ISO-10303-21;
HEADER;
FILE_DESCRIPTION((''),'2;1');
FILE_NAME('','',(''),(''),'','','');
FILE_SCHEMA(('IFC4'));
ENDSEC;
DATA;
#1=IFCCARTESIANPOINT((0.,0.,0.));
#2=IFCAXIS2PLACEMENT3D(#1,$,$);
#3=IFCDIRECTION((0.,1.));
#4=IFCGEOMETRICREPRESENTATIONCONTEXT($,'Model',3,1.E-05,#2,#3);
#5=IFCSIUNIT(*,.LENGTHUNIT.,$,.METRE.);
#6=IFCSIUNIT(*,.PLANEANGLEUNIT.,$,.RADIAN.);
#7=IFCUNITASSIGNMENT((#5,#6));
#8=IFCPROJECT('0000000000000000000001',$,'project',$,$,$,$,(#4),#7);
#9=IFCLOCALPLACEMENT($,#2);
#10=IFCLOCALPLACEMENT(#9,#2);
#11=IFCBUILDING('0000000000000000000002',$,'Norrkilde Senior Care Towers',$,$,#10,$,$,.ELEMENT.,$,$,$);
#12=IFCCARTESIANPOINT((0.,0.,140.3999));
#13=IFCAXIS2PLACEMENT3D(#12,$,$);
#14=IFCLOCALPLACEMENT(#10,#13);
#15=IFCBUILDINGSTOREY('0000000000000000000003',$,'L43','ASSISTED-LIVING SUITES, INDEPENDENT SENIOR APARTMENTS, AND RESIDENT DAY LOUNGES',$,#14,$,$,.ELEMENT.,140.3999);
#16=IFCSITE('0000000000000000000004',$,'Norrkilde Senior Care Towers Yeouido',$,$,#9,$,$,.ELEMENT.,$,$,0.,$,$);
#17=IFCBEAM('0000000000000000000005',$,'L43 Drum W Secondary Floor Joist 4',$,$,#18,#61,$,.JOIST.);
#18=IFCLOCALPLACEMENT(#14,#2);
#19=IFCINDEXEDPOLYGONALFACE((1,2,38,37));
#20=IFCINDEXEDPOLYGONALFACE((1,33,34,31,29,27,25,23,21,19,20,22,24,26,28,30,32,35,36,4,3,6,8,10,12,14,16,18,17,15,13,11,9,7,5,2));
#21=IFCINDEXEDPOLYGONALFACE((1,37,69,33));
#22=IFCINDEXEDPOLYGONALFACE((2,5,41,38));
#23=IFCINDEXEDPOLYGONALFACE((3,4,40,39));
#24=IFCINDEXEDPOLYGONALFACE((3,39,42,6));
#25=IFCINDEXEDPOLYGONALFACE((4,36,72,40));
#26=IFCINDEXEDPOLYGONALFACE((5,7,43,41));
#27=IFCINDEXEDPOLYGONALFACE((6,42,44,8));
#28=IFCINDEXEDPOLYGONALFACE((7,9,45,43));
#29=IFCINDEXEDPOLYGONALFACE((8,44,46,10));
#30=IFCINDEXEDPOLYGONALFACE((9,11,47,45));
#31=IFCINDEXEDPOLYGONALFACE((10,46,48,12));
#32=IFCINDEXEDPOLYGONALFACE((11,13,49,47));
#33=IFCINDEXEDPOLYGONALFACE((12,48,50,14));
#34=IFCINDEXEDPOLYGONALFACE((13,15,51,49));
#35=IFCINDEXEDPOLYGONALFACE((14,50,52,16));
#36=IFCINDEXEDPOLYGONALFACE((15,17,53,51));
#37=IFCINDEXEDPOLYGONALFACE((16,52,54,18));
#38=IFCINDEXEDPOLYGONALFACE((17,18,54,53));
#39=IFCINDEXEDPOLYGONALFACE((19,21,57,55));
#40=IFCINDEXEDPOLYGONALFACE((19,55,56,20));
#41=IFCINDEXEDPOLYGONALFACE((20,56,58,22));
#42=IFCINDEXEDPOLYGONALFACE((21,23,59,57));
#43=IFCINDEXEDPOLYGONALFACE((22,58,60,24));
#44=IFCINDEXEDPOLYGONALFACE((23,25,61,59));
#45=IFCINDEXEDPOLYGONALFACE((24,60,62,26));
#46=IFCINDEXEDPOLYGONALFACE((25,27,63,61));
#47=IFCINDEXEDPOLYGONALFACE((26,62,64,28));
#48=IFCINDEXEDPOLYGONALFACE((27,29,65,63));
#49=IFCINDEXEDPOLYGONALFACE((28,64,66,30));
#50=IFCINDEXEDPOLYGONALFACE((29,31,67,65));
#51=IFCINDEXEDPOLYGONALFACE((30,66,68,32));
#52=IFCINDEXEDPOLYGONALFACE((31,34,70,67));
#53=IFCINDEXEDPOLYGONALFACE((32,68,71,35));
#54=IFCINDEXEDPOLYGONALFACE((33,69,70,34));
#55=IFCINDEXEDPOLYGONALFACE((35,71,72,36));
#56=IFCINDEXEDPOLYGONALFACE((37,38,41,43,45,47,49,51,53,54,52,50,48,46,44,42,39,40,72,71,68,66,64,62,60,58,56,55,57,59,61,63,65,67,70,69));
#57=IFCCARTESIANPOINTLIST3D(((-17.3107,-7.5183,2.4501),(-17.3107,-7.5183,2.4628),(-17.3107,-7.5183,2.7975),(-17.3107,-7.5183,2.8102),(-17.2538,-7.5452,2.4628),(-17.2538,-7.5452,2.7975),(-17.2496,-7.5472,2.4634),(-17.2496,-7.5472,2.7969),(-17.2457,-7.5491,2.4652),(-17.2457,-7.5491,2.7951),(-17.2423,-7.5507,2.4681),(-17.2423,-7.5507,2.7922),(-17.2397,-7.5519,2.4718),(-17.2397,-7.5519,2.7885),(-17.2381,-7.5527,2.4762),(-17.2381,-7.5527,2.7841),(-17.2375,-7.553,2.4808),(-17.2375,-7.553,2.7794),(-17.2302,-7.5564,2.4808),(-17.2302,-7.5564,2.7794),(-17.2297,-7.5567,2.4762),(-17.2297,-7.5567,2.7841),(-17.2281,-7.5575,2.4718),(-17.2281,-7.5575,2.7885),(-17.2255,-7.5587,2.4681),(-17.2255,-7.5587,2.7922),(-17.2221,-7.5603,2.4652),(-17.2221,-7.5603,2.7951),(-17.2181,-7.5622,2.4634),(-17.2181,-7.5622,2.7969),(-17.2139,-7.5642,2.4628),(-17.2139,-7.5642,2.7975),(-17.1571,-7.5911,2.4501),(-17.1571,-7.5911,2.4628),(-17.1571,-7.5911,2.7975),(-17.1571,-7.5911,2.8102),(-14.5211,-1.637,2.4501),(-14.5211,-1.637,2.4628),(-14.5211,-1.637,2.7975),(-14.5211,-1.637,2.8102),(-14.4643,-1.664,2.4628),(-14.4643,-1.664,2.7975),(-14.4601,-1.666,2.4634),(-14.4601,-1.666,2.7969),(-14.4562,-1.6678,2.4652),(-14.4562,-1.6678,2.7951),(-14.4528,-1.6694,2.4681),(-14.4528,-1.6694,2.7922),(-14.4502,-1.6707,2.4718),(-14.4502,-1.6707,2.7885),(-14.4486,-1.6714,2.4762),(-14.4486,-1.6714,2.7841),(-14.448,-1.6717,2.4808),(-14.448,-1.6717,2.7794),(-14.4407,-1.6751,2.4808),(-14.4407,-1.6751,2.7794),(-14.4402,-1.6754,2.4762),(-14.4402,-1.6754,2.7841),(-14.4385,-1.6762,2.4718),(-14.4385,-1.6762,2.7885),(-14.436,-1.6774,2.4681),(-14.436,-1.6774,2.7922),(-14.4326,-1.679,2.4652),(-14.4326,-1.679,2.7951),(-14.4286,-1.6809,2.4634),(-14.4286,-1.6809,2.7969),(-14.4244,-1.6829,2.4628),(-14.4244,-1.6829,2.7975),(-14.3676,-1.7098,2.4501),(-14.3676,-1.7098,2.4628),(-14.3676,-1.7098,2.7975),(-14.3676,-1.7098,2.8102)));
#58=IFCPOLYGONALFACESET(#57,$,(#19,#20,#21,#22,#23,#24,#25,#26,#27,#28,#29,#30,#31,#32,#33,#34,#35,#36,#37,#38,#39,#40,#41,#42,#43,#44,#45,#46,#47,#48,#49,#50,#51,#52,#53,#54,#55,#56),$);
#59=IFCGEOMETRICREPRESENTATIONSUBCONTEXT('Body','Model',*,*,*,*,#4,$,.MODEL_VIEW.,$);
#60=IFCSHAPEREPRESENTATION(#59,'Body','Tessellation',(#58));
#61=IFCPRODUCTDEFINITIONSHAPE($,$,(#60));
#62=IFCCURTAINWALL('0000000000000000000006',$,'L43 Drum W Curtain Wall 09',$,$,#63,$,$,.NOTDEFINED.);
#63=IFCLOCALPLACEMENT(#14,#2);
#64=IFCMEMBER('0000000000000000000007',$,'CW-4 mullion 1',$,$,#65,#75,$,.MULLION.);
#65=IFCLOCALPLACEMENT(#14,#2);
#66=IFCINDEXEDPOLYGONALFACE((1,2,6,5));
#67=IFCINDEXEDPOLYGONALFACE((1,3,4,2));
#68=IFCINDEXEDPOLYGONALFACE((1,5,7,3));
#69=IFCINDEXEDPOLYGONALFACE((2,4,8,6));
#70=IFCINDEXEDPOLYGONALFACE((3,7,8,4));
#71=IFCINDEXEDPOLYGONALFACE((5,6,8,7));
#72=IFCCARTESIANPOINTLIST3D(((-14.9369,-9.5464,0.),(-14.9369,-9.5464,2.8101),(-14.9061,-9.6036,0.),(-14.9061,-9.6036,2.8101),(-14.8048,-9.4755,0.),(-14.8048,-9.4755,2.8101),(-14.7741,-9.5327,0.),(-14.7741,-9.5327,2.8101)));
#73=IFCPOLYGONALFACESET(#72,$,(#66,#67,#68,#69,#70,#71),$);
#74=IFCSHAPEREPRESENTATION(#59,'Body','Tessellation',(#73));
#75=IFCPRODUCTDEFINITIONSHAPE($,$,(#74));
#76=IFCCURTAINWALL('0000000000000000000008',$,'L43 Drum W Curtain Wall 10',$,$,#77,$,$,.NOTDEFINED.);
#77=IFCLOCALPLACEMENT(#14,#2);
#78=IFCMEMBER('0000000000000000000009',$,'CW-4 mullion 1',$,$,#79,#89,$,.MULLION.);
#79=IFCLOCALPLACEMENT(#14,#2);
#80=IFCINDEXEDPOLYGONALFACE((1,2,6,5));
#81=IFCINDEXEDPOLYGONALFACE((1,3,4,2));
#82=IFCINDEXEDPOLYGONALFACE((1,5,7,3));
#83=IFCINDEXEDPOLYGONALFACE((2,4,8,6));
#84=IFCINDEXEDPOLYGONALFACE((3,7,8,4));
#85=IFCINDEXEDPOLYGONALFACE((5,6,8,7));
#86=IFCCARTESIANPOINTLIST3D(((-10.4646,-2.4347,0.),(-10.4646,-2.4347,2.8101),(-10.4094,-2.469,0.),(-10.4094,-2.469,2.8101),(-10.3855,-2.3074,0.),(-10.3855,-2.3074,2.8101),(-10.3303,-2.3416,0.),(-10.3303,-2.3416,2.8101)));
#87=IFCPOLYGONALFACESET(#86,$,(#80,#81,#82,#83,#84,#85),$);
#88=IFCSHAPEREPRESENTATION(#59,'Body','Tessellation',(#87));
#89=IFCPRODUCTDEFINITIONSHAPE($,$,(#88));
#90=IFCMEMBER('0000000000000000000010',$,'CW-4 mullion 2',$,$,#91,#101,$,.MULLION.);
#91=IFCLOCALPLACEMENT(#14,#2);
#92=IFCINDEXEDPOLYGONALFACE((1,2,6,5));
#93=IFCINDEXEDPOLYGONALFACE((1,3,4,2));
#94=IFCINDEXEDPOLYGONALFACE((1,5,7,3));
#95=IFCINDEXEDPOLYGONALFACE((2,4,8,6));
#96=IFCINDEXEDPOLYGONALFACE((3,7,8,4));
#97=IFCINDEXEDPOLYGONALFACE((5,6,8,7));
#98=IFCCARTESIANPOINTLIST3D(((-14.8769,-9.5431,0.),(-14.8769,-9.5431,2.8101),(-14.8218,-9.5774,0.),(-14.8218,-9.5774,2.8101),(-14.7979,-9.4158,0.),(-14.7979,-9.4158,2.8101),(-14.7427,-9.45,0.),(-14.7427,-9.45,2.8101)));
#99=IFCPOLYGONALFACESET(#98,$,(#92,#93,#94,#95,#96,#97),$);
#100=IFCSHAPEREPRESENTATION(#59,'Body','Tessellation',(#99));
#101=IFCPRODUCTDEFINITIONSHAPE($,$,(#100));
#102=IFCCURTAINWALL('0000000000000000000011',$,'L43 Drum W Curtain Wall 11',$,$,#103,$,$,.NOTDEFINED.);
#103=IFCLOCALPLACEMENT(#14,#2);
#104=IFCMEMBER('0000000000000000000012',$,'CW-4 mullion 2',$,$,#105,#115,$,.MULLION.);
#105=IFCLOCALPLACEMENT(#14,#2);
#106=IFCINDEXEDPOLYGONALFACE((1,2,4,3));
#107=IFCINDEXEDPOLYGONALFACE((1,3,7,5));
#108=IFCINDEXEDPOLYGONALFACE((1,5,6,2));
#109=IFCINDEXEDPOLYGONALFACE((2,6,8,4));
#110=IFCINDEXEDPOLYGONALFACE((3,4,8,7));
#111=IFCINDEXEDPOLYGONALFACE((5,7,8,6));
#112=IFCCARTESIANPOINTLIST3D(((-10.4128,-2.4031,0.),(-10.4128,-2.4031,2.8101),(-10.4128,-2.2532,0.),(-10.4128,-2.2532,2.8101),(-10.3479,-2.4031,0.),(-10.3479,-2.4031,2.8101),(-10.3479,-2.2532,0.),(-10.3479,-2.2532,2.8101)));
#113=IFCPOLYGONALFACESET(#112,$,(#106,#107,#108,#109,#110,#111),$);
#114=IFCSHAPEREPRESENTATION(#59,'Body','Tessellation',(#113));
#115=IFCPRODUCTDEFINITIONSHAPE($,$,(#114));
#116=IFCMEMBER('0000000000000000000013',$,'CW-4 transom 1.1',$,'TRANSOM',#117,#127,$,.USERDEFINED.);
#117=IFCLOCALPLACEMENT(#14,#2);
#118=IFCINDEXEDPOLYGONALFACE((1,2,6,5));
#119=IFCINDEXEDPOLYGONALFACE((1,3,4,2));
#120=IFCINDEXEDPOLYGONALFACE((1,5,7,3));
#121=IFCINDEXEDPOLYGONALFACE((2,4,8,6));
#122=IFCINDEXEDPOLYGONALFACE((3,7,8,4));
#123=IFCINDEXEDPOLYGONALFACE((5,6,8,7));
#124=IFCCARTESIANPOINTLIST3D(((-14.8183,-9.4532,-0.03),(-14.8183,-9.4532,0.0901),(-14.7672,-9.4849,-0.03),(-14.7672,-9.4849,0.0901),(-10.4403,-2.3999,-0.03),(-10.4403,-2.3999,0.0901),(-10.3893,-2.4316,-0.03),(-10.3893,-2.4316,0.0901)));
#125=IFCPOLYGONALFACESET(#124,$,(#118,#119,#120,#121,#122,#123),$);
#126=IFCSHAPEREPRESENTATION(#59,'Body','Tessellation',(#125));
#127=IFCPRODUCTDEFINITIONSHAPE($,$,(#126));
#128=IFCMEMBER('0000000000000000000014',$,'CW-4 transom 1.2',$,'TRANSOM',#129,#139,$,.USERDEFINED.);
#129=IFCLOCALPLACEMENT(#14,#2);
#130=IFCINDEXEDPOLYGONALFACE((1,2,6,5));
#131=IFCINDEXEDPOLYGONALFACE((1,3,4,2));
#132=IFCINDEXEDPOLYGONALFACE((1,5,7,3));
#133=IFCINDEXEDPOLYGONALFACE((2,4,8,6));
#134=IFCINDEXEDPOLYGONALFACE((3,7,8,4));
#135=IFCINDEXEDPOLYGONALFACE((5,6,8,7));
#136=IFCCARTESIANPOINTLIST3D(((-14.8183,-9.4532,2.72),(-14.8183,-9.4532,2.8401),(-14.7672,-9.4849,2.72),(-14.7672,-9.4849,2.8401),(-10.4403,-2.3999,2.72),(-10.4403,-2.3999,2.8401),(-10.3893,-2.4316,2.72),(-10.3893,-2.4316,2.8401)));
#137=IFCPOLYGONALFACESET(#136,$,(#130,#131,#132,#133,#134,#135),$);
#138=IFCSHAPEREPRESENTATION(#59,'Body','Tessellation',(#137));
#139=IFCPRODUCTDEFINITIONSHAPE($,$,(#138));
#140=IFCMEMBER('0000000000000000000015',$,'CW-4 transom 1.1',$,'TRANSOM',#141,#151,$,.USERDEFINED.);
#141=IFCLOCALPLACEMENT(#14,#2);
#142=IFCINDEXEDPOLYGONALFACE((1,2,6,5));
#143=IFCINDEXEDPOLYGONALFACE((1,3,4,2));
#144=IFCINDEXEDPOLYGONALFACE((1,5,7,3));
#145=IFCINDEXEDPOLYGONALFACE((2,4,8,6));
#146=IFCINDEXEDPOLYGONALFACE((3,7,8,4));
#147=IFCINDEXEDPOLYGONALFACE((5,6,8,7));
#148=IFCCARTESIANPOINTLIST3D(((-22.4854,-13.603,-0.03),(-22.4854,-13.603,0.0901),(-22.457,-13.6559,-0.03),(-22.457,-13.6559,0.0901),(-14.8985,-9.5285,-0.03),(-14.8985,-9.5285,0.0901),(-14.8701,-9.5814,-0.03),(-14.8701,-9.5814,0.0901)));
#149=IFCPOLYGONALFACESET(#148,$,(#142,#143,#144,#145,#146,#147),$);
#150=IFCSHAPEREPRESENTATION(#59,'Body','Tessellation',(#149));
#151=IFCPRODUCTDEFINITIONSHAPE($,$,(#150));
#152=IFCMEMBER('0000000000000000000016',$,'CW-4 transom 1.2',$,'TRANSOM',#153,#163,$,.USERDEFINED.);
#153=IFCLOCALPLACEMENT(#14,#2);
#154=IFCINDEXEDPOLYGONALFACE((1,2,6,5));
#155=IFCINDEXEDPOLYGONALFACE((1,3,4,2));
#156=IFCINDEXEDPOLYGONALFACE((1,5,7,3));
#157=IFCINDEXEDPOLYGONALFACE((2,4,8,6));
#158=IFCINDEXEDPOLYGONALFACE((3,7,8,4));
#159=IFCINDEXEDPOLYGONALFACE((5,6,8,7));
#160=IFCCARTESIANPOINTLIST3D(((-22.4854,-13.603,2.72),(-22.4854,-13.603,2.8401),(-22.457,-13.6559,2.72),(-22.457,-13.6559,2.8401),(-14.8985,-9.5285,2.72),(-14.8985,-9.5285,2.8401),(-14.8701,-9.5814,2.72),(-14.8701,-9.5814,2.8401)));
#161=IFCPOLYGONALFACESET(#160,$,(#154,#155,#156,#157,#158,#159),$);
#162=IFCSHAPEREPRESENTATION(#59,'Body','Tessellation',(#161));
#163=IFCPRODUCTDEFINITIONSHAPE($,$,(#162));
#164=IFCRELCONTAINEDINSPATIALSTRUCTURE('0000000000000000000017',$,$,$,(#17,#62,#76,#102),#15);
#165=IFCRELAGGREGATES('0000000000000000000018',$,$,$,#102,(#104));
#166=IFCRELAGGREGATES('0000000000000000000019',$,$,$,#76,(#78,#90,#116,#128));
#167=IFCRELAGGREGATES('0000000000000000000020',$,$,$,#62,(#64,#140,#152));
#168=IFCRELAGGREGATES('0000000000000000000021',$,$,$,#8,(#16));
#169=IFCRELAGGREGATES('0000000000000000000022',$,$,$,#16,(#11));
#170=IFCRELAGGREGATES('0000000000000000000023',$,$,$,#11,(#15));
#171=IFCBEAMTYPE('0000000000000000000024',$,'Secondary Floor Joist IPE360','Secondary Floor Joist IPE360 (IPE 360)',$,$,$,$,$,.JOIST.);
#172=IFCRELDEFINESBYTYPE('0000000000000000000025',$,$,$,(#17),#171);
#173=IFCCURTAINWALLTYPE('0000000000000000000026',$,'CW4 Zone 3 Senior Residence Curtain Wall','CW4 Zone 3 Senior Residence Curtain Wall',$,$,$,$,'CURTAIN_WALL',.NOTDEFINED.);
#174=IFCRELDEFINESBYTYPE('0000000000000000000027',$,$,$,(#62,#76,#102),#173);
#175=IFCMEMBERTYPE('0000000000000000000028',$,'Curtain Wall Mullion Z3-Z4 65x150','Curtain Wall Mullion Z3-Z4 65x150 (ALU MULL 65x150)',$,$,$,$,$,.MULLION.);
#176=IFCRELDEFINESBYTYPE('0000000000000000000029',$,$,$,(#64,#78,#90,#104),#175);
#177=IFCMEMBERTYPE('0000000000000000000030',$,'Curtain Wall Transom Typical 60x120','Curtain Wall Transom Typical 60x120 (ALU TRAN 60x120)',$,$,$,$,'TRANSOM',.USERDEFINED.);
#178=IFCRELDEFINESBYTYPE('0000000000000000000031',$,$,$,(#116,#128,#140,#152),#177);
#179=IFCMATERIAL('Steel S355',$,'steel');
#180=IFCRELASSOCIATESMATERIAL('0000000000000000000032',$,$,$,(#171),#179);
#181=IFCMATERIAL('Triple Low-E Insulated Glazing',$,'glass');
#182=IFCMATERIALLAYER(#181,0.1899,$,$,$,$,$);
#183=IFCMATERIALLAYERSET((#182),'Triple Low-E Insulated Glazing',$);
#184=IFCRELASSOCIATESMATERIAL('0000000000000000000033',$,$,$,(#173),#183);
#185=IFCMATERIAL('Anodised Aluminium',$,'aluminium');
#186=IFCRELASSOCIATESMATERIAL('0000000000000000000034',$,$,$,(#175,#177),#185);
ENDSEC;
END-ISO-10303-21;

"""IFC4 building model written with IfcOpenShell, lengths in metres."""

from ifc_helpers import new_model, si_unit, direction, frame, origin, origin_2d, place, context, subcontext, project, spatial, rectangle, i_section, extrude, source, transform, mapped, material, layer, layer_set, material_profile, profile_set, type_object, type_shapes, element, aggregate, save


model = new_model("IFC4")

# Units and contexts
model_context = context("Model", 3, precision=1e-05, world=origin(), true_north=direction((0.0, 1.0)))
body_context = subcontext(model_context, "Body", "Model", "MODEL_VIEW")
ifc_project = project(units=[si_unit("LENGTHUNIT", "METRE"), si_unit("PLANEANGLEUNIT", "RADIAN")], contexts=[model_context])

# Site, building, storey
site_placement = place(None, origin())
site = spatial("IfcSite", under=ifc_project, at=site_placement, Name="Norrkilde Senior Care Towers Yeouido", CompositionType="ELEMENT", RefElevation=0.0)
building_placement = place(site_placement, origin())
building = spatial("IfcBuilding", under=site, at=building_placement, Name="Norrkilde Senior Care Towers", CompositionType="ELEMENT")
storey_placement = place(building_placement, frame((0.0, 0.0, 140.3999)))
storey = spatial("IfcBuildingStorey", under=building, at=storey_placement, Name="L43", Description="ASSISTED-LIVING SUITES, INDEPENDENT SENIOR APARTMENTS, AND RESIDENT DAY LOUNGES", CompositionType="ELEMENT", Elevation=140.3999)

# Beam
ifc_material_1 = material(Name="Steel S355", Category="steel")
ifc_material_profile_1 = material_profile(ifc_material_1, i_section(OverallWidth=0.1699, OverallDepth=0.3601, WebThickness=0.0081, FlangeThickness=0.0127, FilletRadius=0.0181, at=origin_2d()), Name="IPE 360")
ifc_profile_set_1 = profile_set([ifc_material_profile_1], Name="Steel S355")
beam_type_1 = type_object("IfcBeamType", Name="Secondary Floor Joist IPE360", Description="Secondary Floor Joist IPE360 (IPE 360)", PredefinedType="JOIST", material=ifc_profile_set_1)
shared_shape_1 = source(origin(), body_context, "Body", "SweptSolid", [
    extrude(i_section(OverallWidth=0.1699, OverallDepth=0.3601, WebThickness=0.0081, FlangeThickness=0.0127, FilletRadius=0.0181, at=origin_2d()), origin(), (0.0, 0.0, 1.0), 6.5093),
])
type_shapes(beam_type_1, [shared_shape_1])
beam_1_placement = place(storey_placement, frame((-17.2339, -7.5547, 2.6301), z_axis=(0.428544, 0.903521, 0.0), x_axis=(-0.903521, 0.428544, 0.0)))
element("IfcBeam", 1, at=beam_1_placement, inside=storey, type_object=beam_type_1, Name="L43 Drum W Secondary Floor Joist 4", PredefinedType="JOIST", context=body_context, shape_type="MappedRepresentation", body=[
    mapped(shared_shape_1, transform((0.0, 0.0, 0.0), x_axis=(1.0, 0.0, 0.0), y_axis=(0.0, 1.0, 0.0), z_axis=(0.0, 0.0, 1.0), scale=1.0)),
])

# Curtain wall, member
ifc_material_2 = material(Name="Triple Low-E Insulated Glazing", Category="glass")
ifc_layer_1 = layer(ifc_material_2, 0.1899)
ifc_layer_set_1 = layer_set([ifc_layer_1], Name="Triple Low-E Insulated Glazing")
curtain_wall_type = type_object("IfcCurtainWallType", Name="CW4 Zone 3 Senior Residence Curtain Wall", Description="CW4 Zone 3 Senior Residence Curtain Wall", ElementType="CURTAIN_WALL", PredefinedType="NOTDEFINED", material=ifc_layer_set_1)
curtain_wall_1_placement = place(storey_placement, origin())
curtain_wall_1 = element("IfcCurtainWall", 2, at=curtain_wall_1_placement, inside=storey, type_object=curtain_wall_type, Name="L43 Drum W Curtain Wall 09", PredefinedType="NOTDEFINED")
ifc_material_3 = material(Name="Anodised Aluminium", Category="aluminium")
ifc_material_profile_2 = material_profile(ifc_material_3, rectangle(XDim=0.0649, YDim=0.1499, at=origin_2d()), Name="ALU MULL 65x150")
ifc_profile_set_2 = profile_set([ifc_material_profile_2], Name="Anodised Aluminium")
member_type_1 = type_object("IfcMemberType", Name="Curtain Wall Mullion Z3-Z4 65x150", Description="Curtain Wall Mullion Z3-Z4 65x150 (ALU MULL 65x150)", PredefinedType="MULLION", material=ifc_profile_set_2)
shared_shape_2 = source(origin(), body_context, "Body", "SweptSolid", [
    extrude(rectangle(XDim=0.0649, YDim=0.1499, at=origin_2d()), origin(), (0.0, 0.0, 1.0), 2.8101),
])
type_shapes(member_type_1, [shared_shape_2])
member_1_placement = place(storey_placement, frame((-14.8555, -9.5396, 0.0), z_axis=(0.0, 0.0, 1.0), x_axis=(0.473117, -0.881, 0.0)))
member_1 = element("IfcMember", 3, at=member_1_placement, type_object=member_type_1, Name="CW-4 mullion 1", PredefinedType="MULLION", context=body_context, shape_type="MappedRepresentation", body=[
    mapped(shared_shape_2, transform((0.0, 0.0, 0.0), x_axis=(1.0, 0.0, 0.0), y_axis=(0.0, 1.0, 0.0), z_axis=(0.0, 0.0, 1.0), scale=1.0)),
])

# Curtain wall, members
curtain_wall_2_placement = place(storey_placement, origin())
curtain_wall_2 = element("IfcCurtainWall", 4, at=curtain_wall_2_placement, inside=storey, type_object=curtain_wall_type, Name="L43 Drum W Curtain Wall 10", PredefinedType="NOTDEFINED")
member_2_placement = place(storey_placement, frame((-10.3975, -2.3882, 0.0), z_axis=(0.0, 0.0, 1.0), x_axis=(0.849634, -0.527373, 0.0)))
member_2 = element("IfcMember", 5, at=member_2_placement, type_object=member_type_1, Name="CW-4 mullion 1", PredefinedType="MULLION", context=body_context, shape_type="MappedRepresentation", body=[
    mapped(shared_shape_2, transform((0.0, 0.0, 0.0), x_axis=(1.0, 0.0, 0.0), y_axis=(0.0, 1.0, 0.0), z_axis=(0.0, 0.0, 1.0), scale=1.0)),
])
member_3_placement = place(storey_placement, frame((-14.8098, -9.4966, 0.0), z_axis=(0.0, 0.0, 1.0), x_axis=(0.849634, -0.527373, 0.0)))
member_3 = element("IfcMember", 6, at=member_3_placement, type_object=member_type_1, Name="CW-4 mullion 2", PredefinedType="MULLION", context=body_context, shape_type="MappedRepresentation", body=[
    mapped(shared_shape_2, transform((0.0, 0.0, 0.0), x_axis=(1.0, 0.0, 0.0), y_axis=(0.0, 1.0, 0.0), z_axis=(0.0, 0.0, 1.0), scale=1.0)),
])

# Curtain wall, member
curtain_wall_3_placement = place(storey_placement, origin())
curtain_wall_3 = element("IfcCurtainWall", 7, at=curtain_wall_3_placement, inside=storey, type_object=curtain_wall_type, Name="L43 Drum W Curtain Wall 11", PredefinedType="NOTDEFINED")
member_4_placement = place(storey_placement, frame((-10.3804, -2.3281, 0.0), z_axis=(0.0, 0.0, 1.0), x_axis=(1.0, 0.0, 0.0)))
member_4 = element("IfcMember", 8, at=member_4_placement, type_object=member_type_1, Name="CW-4 mullion 2", PredefinedType="MULLION", context=body_context, shape_type="MappedRepresentation", body=[
    mapped(shared_shape_2, transform((0.0, 0.0, 0.0), x_axis=(1.0, 0.0, 0.0), y_axis=(0.0, 1.0, 0.0), z_axis=(0.0, 0.0, 1.0), scale=1.0)),
])
aggregate(curtain_wall_3, [member_4])

# Members
ifc_material_profile_3 = material_profile(ifc_material_3, rectangle(XDim=0.0601, YDim=0.1201, at=origin_2d()), Name="ALU TRAN 60x120")
ifc_profile_set_3 = profile_set([ifc_material_profile_3], Name="Anodised Aluminium")
member_type_2 = type_object("IfcMemberType", Name="Curtain Wall Transom Typical 60x120", Description="Curtain Wall Transom Typical 60x120 (ALU TRAN 60x120)", ElementType="TRANSOM", PredefinedType="USERDEFINED", material=ifc_profile_set_3)
shared_shape_3 = source(origin(), body_context, "Body", "SweptSolid", [
    extrude(rectangle(XDim=0.0601, YDim=0.1201, at=origin_2d()), origin(), (0.0, 0.0, 1.0), 8.3015),
])
member_5_placement = place(storey_placement, frame((-10.4148, -2.4158, 0.03), z_axis=(-0.527369, -0.849637, 0.0), x_axis=(0.849637, -0.527369, 0.0)))
member_5 = element("IfcMember", 9, at=member_5_placement, type_object=member_type_2, Name="CW-4 transom 1.1", ObjectType="TRANSOM", PredefinedType="USERDEFINED", context=body_context, shape_type="MappedRepresentation", body=[
    mapped(shared_shape_3, transform((0.0, 0.0, 0.0), x_axis=(1.0, 0.0, 0.0), y_axis=(0.0, 1.0, 0.0), z_axis=(0.0, 0.0, 1.0), scale=1.0)),
])
member_6_placement = place(storey_placement, frame((-10.4148, -2.4158, 2.78), z_axis=(-0.527369, -0.849637, 0.0), x_axis=(0.849637, -0.527369, 0.0)))
member_6 = element("IfcMember", 10, at=member_6_placement, type_object=member_type_2, Name="CW-4 transom 1.2", ObjectType="TRANSOM", PredefinedType="USERDEFINED", context=body_context, shape_type="MappedRepresentation", body=[
    mapped(shared_shape_3, transform((0.0, 0.0, 0.0), x_axis=(1.0, 0.0, 0.0), y_axis=(0.0, 1.0, 0.0), z_axis=(0.0, 0.0, 1.0), scale=1.0)),
])
shared_shape_4 = source(origin(), body_context, "Body", "SweptSolid", [
    extrude(rectangle(XDim=0.0601, YDim=0.1201, at=origin_2d()), origin(), (0.0, 0.0, 1.0), 8.6118),
])
type_shapes(member_type_2, [shared_shape_3, shared_shape_4])
member_7_placement = place(storey_placement, frame((-14.8843, -9.5549, 0.03), z_axis=(-0.880994, -0.473127, 0.0), x_axis=(0.473127, -0.880994, 0.0)))
member_7 = element("IfcMember", 11, at=member_7_placement, type_object=member_type_2, Name="CW-4 transom 1.1", ObjectType="TRANSOM", PredefinedType="USERDEFINED", context=body_context, shape_type="MappedRepresentation", body=[
    mapped(shared_shape_4, transform((0.0, 0.0, 0.0), x_axis=(1.0, 0.0, 0.0), y_axis=(0.0, 1.0, 0.0), z_axis=(0.0, 0.0, 1.0), scale=1.0)),
])
member_8_placement = place(storey_placement, frame((-14.8843, -9.5549, 2.78), z_axis=(-0.880994, -0.473127, 0.0), x_axis=(0.473127, -0.880994, 0.0)))
member_8 = element("IfcMember", 12, at=member_8_placement, type_object=member_type_2, Name="CW-4 transom 1.2", ObjectType="TRANSOM", PredefinedType="USERDEFINED", context=body_context, shape_type="MappedRepresentation", body=[
    mapped(shared_shape_4, transform((0.0, 0.0, 0.0), x_axis=(1.0, 0.0, 0.0), y_axis=(0.0, 1.0, 0.0), z_axis=(0.0, 0.0, 1.0), scale=1.0)),
])

aggregate(curtain_wall_2, [member_2, member_3, member_5, member_6])
aggregate(curtain_wall_1, [member_1, member_7, member_8])

save(model, "model.ifc")
